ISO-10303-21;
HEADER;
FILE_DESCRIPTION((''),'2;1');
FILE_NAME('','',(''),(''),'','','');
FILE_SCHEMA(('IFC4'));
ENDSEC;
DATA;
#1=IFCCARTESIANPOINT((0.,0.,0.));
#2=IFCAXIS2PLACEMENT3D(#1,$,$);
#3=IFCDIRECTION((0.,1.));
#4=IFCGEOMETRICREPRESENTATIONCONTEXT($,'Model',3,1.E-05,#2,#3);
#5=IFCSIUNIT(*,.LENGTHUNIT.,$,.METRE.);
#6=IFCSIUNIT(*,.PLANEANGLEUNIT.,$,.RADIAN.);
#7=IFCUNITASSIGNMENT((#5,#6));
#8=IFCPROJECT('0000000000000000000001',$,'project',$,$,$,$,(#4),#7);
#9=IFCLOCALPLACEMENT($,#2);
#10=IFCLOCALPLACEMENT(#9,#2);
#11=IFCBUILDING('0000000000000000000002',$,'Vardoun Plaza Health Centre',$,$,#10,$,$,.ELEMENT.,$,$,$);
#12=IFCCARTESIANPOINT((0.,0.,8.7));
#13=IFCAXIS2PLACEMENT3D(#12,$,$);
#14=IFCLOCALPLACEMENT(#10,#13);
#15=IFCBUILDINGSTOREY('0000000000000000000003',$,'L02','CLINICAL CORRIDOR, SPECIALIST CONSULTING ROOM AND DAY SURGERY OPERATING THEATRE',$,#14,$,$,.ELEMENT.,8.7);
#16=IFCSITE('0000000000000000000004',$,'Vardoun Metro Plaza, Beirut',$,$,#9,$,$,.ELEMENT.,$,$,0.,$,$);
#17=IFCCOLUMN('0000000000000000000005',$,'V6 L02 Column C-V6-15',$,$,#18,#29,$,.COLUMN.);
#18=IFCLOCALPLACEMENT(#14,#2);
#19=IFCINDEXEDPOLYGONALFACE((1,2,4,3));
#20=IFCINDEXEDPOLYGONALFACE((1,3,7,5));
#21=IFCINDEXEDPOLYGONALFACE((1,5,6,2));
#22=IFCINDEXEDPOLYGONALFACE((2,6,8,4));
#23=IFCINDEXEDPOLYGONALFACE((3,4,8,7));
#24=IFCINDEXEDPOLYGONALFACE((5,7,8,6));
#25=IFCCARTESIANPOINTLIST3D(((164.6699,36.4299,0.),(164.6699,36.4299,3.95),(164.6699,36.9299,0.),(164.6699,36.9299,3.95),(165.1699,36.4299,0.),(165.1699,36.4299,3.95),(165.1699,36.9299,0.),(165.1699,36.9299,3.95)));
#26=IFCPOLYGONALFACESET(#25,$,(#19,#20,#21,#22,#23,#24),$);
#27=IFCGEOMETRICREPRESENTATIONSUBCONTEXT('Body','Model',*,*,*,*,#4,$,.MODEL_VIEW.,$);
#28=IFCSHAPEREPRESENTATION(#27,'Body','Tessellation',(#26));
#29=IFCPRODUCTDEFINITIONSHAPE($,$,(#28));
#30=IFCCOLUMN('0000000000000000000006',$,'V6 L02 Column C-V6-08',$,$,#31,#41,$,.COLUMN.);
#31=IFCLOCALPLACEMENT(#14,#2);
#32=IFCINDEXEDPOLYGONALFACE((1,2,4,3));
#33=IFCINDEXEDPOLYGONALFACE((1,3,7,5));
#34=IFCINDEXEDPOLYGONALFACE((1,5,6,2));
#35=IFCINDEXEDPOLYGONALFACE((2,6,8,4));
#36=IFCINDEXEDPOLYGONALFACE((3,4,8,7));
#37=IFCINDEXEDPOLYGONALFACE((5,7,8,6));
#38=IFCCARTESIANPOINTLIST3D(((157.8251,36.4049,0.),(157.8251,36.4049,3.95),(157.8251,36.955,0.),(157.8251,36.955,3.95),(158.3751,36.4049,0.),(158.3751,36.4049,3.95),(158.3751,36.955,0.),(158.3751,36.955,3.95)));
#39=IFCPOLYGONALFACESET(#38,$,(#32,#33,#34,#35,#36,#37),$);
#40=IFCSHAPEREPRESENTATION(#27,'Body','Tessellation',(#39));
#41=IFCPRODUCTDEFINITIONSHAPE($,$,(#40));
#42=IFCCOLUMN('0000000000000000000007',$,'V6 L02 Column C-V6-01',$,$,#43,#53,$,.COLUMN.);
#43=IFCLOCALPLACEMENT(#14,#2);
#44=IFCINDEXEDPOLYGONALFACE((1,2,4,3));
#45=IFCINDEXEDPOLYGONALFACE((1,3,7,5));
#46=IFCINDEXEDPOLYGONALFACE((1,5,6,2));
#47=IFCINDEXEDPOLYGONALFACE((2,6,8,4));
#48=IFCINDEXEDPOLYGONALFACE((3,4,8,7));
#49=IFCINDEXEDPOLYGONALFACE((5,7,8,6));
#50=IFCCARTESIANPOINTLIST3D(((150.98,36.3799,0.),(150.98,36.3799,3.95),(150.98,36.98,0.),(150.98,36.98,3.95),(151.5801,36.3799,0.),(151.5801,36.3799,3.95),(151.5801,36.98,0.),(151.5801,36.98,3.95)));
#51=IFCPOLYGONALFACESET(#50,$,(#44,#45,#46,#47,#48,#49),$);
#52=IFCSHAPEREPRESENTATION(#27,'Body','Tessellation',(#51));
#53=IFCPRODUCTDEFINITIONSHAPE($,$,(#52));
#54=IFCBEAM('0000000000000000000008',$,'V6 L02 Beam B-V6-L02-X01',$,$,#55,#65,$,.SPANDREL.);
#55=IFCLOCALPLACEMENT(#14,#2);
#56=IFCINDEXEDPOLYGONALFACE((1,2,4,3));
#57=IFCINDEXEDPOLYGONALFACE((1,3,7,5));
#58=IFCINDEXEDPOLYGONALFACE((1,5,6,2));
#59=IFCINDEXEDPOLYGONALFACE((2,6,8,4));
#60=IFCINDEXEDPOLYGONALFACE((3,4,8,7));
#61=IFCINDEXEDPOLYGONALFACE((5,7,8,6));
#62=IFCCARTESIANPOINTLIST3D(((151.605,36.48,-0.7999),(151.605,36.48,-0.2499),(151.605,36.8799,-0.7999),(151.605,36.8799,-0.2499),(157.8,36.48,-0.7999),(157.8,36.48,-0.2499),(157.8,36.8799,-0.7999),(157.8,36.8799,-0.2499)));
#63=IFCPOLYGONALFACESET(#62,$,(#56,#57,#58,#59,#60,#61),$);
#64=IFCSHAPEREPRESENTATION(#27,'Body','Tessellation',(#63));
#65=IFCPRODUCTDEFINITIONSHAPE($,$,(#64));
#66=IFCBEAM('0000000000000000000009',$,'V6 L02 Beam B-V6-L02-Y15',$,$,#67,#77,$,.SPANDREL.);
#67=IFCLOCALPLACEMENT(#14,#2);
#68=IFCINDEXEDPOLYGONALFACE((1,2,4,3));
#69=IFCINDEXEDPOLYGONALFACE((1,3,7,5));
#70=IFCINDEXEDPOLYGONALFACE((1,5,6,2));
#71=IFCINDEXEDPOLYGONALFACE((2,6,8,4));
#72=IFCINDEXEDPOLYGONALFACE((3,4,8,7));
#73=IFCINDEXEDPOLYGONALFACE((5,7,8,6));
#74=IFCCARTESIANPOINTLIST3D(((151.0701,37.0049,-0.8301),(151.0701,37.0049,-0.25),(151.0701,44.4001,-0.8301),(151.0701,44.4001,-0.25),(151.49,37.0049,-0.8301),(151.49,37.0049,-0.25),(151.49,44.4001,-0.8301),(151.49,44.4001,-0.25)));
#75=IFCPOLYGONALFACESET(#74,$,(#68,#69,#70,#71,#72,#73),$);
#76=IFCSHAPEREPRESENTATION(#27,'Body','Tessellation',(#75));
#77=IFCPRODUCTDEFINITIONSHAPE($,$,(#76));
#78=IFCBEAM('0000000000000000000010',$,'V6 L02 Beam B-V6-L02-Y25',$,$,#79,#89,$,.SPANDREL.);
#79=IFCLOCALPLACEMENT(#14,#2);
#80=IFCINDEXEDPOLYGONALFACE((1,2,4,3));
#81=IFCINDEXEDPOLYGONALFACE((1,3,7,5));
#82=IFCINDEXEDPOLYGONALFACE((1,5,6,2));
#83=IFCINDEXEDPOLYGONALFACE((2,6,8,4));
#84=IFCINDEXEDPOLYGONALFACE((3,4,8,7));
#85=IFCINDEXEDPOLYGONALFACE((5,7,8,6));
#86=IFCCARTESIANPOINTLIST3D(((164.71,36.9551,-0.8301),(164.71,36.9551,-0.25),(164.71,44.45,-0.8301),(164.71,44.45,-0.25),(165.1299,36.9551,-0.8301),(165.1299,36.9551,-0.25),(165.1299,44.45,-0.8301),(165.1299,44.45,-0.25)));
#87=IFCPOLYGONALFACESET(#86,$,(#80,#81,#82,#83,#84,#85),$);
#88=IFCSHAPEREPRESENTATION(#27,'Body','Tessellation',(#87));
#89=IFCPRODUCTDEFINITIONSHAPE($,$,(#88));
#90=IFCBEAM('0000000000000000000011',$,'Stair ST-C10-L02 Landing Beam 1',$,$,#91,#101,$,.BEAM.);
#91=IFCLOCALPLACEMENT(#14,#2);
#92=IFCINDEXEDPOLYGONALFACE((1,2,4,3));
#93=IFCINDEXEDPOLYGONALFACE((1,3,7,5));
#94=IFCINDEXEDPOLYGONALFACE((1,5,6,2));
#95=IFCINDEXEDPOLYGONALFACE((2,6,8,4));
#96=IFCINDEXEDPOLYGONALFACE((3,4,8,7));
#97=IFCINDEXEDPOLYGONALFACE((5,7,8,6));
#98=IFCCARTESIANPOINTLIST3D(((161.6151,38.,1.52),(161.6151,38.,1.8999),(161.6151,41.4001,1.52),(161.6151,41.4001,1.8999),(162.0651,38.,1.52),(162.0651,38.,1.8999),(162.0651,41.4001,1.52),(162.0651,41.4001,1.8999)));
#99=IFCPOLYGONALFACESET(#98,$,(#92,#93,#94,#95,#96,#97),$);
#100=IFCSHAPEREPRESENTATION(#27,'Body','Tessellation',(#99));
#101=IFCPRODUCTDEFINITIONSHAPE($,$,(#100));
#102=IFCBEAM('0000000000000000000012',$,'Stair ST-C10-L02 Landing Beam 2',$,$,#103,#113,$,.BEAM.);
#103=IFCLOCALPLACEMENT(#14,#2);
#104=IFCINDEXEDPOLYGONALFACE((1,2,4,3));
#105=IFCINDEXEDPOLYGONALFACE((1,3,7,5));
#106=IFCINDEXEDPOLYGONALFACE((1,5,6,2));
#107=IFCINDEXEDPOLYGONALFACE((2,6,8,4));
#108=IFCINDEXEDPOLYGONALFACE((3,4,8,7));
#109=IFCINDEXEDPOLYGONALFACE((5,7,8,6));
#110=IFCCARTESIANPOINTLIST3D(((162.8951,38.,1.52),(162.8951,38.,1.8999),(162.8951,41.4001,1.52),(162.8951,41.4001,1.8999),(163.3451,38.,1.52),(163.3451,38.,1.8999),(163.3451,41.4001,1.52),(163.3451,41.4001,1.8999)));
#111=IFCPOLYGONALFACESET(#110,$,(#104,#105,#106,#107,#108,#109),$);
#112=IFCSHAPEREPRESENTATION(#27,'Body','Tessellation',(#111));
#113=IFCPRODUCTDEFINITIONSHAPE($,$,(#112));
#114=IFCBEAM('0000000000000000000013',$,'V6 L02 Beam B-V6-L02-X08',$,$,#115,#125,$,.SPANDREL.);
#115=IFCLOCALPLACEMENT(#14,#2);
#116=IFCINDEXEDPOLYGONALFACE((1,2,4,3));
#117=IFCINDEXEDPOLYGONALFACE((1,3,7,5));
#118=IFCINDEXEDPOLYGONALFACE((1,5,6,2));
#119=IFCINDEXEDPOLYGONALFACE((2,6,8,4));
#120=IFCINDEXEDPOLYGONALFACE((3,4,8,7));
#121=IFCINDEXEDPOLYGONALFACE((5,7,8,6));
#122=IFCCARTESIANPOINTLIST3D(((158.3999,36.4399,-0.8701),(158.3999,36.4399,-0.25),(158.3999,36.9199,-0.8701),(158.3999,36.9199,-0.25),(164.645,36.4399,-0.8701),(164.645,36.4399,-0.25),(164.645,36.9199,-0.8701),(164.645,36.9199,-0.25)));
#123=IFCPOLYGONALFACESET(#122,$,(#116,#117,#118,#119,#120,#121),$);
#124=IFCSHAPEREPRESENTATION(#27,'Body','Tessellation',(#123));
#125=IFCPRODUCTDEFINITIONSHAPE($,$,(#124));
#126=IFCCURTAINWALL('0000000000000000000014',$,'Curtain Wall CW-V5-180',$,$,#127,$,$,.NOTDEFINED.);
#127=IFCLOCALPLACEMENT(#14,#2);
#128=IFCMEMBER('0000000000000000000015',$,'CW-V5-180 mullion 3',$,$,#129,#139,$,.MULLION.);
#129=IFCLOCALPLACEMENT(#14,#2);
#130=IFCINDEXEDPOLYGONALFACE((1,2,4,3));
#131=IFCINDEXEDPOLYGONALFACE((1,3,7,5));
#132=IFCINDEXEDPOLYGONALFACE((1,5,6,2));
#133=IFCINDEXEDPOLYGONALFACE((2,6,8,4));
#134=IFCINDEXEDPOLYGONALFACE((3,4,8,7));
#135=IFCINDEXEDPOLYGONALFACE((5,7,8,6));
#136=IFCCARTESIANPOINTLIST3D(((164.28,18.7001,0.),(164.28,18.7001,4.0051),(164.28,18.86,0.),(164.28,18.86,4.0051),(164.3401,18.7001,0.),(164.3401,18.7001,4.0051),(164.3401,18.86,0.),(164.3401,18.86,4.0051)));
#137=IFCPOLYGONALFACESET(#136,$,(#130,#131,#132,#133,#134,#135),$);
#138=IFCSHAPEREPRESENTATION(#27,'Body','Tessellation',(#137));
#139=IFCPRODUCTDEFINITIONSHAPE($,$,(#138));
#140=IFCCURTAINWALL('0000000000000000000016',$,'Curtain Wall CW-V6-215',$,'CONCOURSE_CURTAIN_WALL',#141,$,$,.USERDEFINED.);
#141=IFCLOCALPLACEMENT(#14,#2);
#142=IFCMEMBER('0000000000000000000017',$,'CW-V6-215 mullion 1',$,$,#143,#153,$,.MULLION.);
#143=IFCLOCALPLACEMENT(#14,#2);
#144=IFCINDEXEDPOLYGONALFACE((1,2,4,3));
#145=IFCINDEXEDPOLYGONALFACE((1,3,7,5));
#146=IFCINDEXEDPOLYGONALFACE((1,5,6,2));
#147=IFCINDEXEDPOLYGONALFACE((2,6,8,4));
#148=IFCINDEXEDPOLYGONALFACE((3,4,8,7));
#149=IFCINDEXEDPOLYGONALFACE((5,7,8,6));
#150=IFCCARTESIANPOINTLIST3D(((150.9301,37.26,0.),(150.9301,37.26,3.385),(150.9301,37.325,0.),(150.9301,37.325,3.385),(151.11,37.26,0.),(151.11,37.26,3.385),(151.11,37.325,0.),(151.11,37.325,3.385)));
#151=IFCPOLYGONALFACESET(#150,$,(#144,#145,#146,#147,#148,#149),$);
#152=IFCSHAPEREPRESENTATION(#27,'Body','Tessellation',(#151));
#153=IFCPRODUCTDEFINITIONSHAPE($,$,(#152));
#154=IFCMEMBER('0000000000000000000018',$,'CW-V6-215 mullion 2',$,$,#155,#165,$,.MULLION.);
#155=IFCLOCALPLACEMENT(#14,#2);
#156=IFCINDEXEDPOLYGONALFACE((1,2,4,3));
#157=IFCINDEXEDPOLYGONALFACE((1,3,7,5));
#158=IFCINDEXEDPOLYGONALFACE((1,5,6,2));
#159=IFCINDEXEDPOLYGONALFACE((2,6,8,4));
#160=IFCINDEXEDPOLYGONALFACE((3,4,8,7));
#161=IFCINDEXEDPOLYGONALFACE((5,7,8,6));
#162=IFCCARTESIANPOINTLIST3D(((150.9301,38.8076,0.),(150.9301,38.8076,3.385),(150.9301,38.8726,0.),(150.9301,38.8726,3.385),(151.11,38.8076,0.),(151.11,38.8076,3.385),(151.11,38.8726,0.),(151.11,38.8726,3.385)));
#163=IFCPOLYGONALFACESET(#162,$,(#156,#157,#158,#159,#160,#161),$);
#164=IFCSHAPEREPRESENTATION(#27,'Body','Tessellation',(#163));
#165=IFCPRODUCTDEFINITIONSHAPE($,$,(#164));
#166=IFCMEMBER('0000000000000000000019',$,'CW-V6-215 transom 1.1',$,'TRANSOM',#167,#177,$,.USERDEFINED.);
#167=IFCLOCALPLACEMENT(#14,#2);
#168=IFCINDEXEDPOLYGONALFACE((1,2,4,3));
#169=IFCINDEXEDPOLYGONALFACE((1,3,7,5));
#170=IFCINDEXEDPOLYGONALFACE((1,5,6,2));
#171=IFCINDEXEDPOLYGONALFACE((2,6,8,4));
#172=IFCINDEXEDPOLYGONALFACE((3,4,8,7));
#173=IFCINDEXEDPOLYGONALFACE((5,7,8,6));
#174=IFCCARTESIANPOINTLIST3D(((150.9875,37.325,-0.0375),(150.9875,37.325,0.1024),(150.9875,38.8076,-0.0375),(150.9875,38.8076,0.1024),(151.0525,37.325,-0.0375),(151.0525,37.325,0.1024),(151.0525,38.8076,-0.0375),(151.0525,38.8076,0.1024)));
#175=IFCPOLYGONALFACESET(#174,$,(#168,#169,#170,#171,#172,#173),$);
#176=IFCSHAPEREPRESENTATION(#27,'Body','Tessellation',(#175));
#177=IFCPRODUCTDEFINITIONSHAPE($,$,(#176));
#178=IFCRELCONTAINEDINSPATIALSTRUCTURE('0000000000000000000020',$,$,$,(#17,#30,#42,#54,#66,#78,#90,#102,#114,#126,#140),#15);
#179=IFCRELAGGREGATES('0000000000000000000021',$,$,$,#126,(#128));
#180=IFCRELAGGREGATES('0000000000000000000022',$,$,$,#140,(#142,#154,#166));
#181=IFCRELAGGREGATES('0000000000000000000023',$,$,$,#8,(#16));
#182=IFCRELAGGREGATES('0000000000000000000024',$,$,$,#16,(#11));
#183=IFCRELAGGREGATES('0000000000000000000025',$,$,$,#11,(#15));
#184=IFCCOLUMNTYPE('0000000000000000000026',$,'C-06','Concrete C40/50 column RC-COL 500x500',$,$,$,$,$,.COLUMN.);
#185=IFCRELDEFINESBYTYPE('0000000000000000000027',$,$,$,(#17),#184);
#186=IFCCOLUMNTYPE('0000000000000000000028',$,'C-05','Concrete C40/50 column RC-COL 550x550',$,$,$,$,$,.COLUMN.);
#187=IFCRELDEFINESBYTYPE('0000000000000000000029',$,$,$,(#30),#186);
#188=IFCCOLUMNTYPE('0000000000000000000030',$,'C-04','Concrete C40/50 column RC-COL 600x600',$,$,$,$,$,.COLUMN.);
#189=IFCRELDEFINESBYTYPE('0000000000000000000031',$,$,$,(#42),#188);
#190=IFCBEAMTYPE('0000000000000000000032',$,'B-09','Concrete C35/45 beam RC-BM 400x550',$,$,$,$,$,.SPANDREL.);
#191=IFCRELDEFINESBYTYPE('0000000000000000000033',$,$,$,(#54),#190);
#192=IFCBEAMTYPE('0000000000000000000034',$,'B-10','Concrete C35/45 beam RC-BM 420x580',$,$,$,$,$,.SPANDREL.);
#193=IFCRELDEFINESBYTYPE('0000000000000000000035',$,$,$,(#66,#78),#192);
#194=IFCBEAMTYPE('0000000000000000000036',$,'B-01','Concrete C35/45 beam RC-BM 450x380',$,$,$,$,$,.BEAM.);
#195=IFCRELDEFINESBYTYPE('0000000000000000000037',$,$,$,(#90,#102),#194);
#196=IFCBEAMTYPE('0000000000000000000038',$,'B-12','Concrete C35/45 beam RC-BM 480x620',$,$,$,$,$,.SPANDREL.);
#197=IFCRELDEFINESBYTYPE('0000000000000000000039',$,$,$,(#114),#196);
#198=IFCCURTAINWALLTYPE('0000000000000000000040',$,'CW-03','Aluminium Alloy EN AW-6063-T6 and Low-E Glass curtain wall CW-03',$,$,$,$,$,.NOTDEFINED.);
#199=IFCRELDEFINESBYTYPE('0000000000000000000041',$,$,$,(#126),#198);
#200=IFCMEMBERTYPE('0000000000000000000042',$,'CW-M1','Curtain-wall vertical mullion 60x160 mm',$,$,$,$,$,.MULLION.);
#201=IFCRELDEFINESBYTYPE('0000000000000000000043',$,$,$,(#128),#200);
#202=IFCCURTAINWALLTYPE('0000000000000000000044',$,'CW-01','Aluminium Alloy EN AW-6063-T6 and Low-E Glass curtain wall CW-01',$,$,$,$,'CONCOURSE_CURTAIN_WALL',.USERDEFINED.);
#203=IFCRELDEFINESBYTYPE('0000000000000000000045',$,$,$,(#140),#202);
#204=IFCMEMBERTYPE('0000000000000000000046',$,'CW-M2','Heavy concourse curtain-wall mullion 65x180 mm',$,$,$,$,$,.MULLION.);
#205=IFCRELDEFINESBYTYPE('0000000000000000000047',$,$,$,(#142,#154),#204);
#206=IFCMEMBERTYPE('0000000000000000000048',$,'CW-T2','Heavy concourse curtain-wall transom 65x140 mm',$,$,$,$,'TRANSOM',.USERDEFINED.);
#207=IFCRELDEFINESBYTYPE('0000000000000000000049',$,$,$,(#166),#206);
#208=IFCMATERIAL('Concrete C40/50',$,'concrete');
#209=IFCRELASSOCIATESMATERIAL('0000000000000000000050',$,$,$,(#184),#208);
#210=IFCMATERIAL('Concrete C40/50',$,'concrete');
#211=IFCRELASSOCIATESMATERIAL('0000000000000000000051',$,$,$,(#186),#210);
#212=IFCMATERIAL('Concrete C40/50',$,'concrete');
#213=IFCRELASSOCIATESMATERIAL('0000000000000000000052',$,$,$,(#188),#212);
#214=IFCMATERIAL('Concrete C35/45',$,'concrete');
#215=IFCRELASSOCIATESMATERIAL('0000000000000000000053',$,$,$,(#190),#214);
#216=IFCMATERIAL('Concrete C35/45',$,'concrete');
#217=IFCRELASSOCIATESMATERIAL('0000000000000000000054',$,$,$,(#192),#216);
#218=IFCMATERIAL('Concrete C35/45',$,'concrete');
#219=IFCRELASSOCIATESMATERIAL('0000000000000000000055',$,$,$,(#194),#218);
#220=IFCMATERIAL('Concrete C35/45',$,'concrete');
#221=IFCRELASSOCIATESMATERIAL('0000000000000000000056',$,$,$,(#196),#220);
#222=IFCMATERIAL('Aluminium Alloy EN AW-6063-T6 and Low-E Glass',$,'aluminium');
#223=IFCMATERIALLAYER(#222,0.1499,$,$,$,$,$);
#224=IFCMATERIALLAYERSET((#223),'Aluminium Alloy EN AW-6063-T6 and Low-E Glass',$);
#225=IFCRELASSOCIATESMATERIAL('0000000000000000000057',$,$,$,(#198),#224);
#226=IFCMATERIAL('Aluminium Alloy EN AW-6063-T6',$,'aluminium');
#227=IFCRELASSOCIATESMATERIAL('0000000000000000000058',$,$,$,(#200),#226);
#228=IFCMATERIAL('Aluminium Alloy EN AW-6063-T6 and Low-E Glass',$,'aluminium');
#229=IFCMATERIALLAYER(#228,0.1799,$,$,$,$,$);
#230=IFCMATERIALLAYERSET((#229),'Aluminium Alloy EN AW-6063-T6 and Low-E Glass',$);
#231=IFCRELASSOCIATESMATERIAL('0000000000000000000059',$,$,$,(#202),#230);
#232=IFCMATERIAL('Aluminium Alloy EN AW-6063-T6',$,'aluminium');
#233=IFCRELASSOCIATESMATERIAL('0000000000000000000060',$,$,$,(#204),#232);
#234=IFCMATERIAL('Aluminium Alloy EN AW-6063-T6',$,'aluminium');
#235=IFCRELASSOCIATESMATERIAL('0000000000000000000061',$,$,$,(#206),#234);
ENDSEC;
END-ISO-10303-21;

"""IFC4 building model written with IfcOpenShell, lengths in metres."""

from ifc_helpers import new_model, si_unit, direction, frame, origin, origin_2d, place, context, subcontext, project, spatial, rectangle, extrude, material, layer, layer_set, material_profile, profile_set, type_object, element, aggregate, save


model = new_model("IFC4")

# Units and contexts
model_context = context("Model", 3, precision=1e-05, world=origin(), true_north=direction((0.0, 1.0)))
body_context = subcontext(model_context, "Body", "Model", "MODEL_VIEW")
ifc_project = project(units=[si_unit("LENGTHUNIT", "METRE"), si_unit("PLANEANGLEUNIT", "RADIAN")], contexts=[model_context])

# Site, building, storey
site_placement = place(None, origin())
site = spatial("IfcSite", under=ifc_project, at=site_placement, Name="Vardoun Metro Plaza, Beirut", CompositionType="ELEMENT", RefElevation=0.0)
building_placement = place(site_placement, origin())
building = spatial("IfcBuilding", under=site, at=building_placement, Name="Vardoun Plaza Health Centre", CompositionType="ELEMENT")
storey_placement = place(building_placement, frame((0.0, 0.0, 8.7)))
storey = spatial("IfcBuildingStorey", under=building, at=storey_placement, Name="L02", Description="CLINICAL CORRIDOR, SPECIALIST CONSULTING ROOM AND DAY SURGERY OPERATING THEATRE", CompositionType="ELEMENT", Elevation=8.7)

# Columns
ifc_material_1 = material(Name="Concrete C40/50", Category="concrete")
ifc_material_profile_1 = material_profile(ifc_material_1, rectangle(XDim=0.5, YDim=0.5, at=origin_2d()), Name="RC-COL 500x500")
ifc_profile_set_1 = profile_set([ifc_material_profile_1], Name="Concrete C40/50")
column_type_1 = type_object("IfcColumnType", Name="C-06", Description="Concrete C40/50 column RC-COL 500x500", PredefinedType="COLUMN", material=ifc_profile_set_1)
column_1_placement = place(storey_placement, frame((164.9199, 36.6799, 0.0), z_axis=(0.0, 0.0, 1.0), x_axis=(1.0, 0.0, 0.0)))
element("IfcColumn", 1, at=column_1_placement, inside=storey, type_object=column_type_1, Name="V6 L02 Column C-V6-15", PredefinedType="COLUMN", context=body_context, shape_type="SweptSolid", body=[
    extrude(rectangle(XDim=0.5, YDim=0.5, at=origin_2d()), origin(), (0.0, 0.0, 1.0), 3.95),
])
ifc_material_2 = material(Name="Concrete C40/50", Category="concrete")
ifc_material_profile_2 = material_profile(ifc_material_2, rectangle(XDim=0.55, YDim=0.55, at=origin_2d()), Name="RC-COL 550x550")
ifc_profile_set_2 = profile_set([ifc_material_profile_2], Name="Concrete C40/50")
column_type_2 = type_object("IfcColumnType", Name="C-05", Description="Concrete C40/50 column RC-COL 550x550", PredefinedType="COLUMN", material=ifc_profile_set_2)
column_2_placement = place(storey_placement, frame((158.1001, 36.6799, 0.0), z_axis=(0.0, 0.0, 1.0), x_axis=(1.0, 0.0, 0.0)))
element("IfcColumn", 2, at=column_2_placement, inside=storey, type_object=column_type_2, Name="V6 L02 Column C-V6-08", PredefinedType="COLUMN", context=body_context, shape_type="SweptSolid", body=[
    extrude(rectangle(XDim=0.55, YDim=0.55, at=origin_2d()), origin(), (0.0, 0.0, 1.0), 3.95),
])
ifc_material_3 = material(Name="Concrete C40/50", Category="concrete")
ifc_material_profile_3 = material_profile(ifc_material_3, rectangle(XDim=0.6001, YDim=0.6001, at=origin_2d()), Name="RC-COL 600x600")
ifc_profile_set_3 = profile_set([ifc_material_profile_3], Name="Concrete C40/50")
column_type_3 = type_object("IfcColumnType", Name="C-04", Description="Concrete C40/50 column RC-COL 600x600", PredefinedType="COLUMN", material=ifc_profile_set_3)
column_3_placement = place(storey_placement, frame((151.28, 36.6799, 0.0), z_axis=(0.0, 0.0, 1.0), x_axis=(1.0, 0.0, 0.0)))
element("IfcColumn", 3, at=column_3_placement, inside=storey, type_object=column_type_3, Name="V6 L02 Column C-V6-01", PredefinedType="COLUMN", context=body_context, shape_type="SweptSolid", body=[
    extrude(rectangle(XDim=0.6001, YDim=0.6001, at=origin_2d()), origin(), (0.0, 0.0, 1.0), 3.95),
])

# Beams
ifc_material_4 = material(Name="Concrete C35/45", Category="concrete")
ifc_material_profile_4 = material_profile(ifc_material_4, rectangle(XDim=0.3999, YDim=0.55, at=origin_2d()), Name="RC-BM 400x550")
ifc_profile_set_4 = profile_set([ifc_material_profile_4], Name="Concrete C35/45")
beam_type_1 = type_object("IfcBeamType", Name="B-09", Description="Concrete C35/45 beam RC-BM 400x550", PredefinedType="SPANDREL", material=ifc_profile_set_4)
beam_1_placement = place(storey_placement, frame((151.605, 36.6799, -0.5249), z_axis=(1.0, 0.0, 0.0), x_axis=(0.0, 1.0, 0.0)))
element("IfcBeam", 4, at=beam_1_placement, inside=storey, type_object=beam_type_1, Name="V6 L02 Beam B-V6-L02-X01", PredefinedType="SPANDREL", context=body_context, shape_type="SweptSolid", body=[
    extrude(rectangle(XDim=0.3999, YDim=0.55, at=origin_2d()), origin(), (0.0, 0.0, 1.0), 6.1951),
])
ifc_material_5 = material(Name="Concrete C35/45", Category="concrete")
ifc_material_profile_5 = material_profile(ifc_material_5, rectangle(XDim=0.4199, YDim=0.5801, at=origin_2d()), Name="RC-BM 420x580")
ifc_profile_set_5 = profile_set([ifc_material_profile_5], Name="Concrete C35/45")
beam_type_2 = type_object("IfcBeamType", Name="B-10", Description="Concrete C35/45 beam RC-BM 420x580", PredefinedType="SPANDREL", material=ifc_profile_set_5)
beam_2_placement = place(storey_placement, frame((151.28, 37.0049, -0.54), z_axis=(0.0, 1.0, 0.0), x_axis=(-1.0, 0.0, 0.0)))
element("IfcBeam", 5, at=beam_2_placement, inside=storey, type_object=beam_type_2, Name="V6 L02 Beam B-V6-L02-Y15", PredefinedType="SPANDREL", context=body_context, shape_type="SweptSolid", body=[
    extrude(rectangle(XDim=0.4199, YDim=0.5801, at=origin_2d()), origin(), (0.0, 0.0, 1.0), 7.3953),
])
beam_3_placement = place(storey_placement, frame((164.9199, 36.9551, -0.54), z_axis=(0.0, 1.0, 0.0), x_axis=(-1.0, 0.0, 0.0)))
element("IfcBeam", 6, at=beam_3_placement, inside=storey, type_object=beam_type_2, Name="V6 L02 Beam B-V6-L02-Y25", PredefinedType="SPANDREL", context=body_context, shape_type="SweptSolid", body=[
    extrude(rectangle(XDim=0.4199, YDim=0.5801, at=origin_2d()), origin(), (0.0, 0.0, 1.0), 7.4949),
])
ifc_material_6 = material(Name="Concrete C35/45", Category="concrete")
ifc_material_profile_6 = material_profile(ifc_material_6, rectangle(XDim=0.45, YDim=0.3799, at=origin_2d()), Name="RC-BM 450x380")
ifc_profile_set_6 = profile_set([ifc_material_profile_6], Name="Concrete C35/45")
beam_type_3 = type_object("IfcBeamType", Name="B-01", Description="Concrete C35/45 beam RC-BM 450x380", PredefinedType="BEAM", material=ifc_profile_set_6)
for number, where, z_axis, x_axis, name in (
    (7, (161.8401, 38.0, 1.71), (0.0, 1.0, 0.0), (-1.0, 0.0, 0.0), "Stair ST-C10-L02 Landing Beam 1"),
    (8, (163.1201, 38.0, 1.71), (0.0, 1.0, 0.0), (-1.0, 0.0, 0.0), "Stair ST-C10-L02 Landing Beam 2"),
):
    element("IfcBeam", number, at=place(storey_placement, frame(where, z_axis=z_axis, x_axis=x_axis)), inside=storey, type_object=beam_type_3, Name=name, PredefinedType="BEAM", context=body_context, shape_type="SweptSolid", body=[
        extrude(rectangle(XDim=0.45, YDim=0.3799, at=origin_2d()), origin(), (0.0, 0.0, 1.0), 3.4001),
    ])
ifc_material_7 = material(Name="Concrete C35/45", Category="concrete")
ifc_material_profile_7 = material_profile(ifc_material_7, rectangle(XDim=0.48, YDim=0.6201, at=origin_2d()), Name="RC-BM 480x620")
ifc_profile_set_7 = profile_set([ifc_material_profile_7], Name="Concrete C35/45")
beam_type_4 = type_object("IfcBeamType", Name="B-12", Description="Concrete C35/45 beam RC-BM 480x620", PredefinedType="SPANDREL", material=ifc_profile_set_7)
beam_4_placement = place(storey_placement, frame((158.3999, 36.6799, -0.5601), z_axis=(1.0, 0.0, 0.0), x_axis=(0.0, 1.0, 0.0)))
element("IfcBeam", 9, at=beam_4_placement, inside=storey, type_object=beam_type_4, Name="V6 L02 Beam B-V6-L02-X08", PredefinedType="SPANDREL", context=body_context, shape_type="SweptSolid", body=[
    extrude(rectangle(XDim=0.48, YDim=0.6201, at=origin_2d()), origin(), (0.0, 0.0, 1.0), 6.2451),
])

# Curtain wall, member
ifc_material_8 = material(Name="Aluminium Alloy EN AW-6063-T6 and Low-E Glass", Category="aluminium")
ifc_layer_1 = layer(ifc_material_8, 0.1499)
ifc_layer_set_1 = layer_set([ifc_layer_1], Name="Aluminium Alloy EN AW-6063-T6 and Low-E Glass")
curtain_wall_type_1 = type_object("IfcCurtainWallType", Name="CW-03", Description="Aluminium Alloy EN AW-6063-T6 and Low-E Glass curtain wall CW-03", PredefinedType="NOTDEFINED", material=ifc_layer_set_1)
curtain_wall_1_placement = place(storey_placement, origin())
curtain_wall_1 = element("IfcCurtainWall", 10, at=curtain_wall_1_placement, inside=storey, type_object=curtain_wall_type_1, Name="Curtain Wall CW-V5-180", PredefinedType="NOTDEFINED")
ifc_material_9 = material(Name="Aluminium Alloy EN AW-6063-T6", Category="aluminium")
ifc_material_profile_8 = material_profile(ifc_material_9, rectangle(XDim=0.1599, YDim=0.0601, at=origin_2d()), Name="CWM 60x160")
ifc_profile_set_8 = profile_set([ifc_material_profile_8], Name="Aluminium Alloy EN AW-6063-T6")
member_type_1 = type_object("IfcMemberType", Name="CW-M1", Description="Curtain-wall vertical mullion 60x160 mm", PredefinedType="MULLION", material=ifc_profile_set_8)
member_1_placement = place(storey_placement, frame((164.3101, 18.78, 0.0), z_axis=(0.0, 0.0, 1.0), x_axis=(0.0, 1.0, 0.0)))
member_1 = element("IfcMember", 11, at=member_1_placement, type_object=member_type_1, Name="CW-V5-180 mullion 3", PredefinedType="MULLION", context=body_context, shape_type="SweptSolid", body=[
    extrude(rectangle(XDim=0.1599, YDim=0.0601, at=origin_2d()), origin(), (0.0, 0.0, 1.0), 4.0051),
])

# Curtain wall, members
ifc_material_10 = material(Name="Aluminium Alloy EN AW-6063-T6 and Low-E Glass", Category="aluminium")
ifc_layer_2 = layer(ifc_material_10, 0.1799)
ifc_layer_set_2 = layer_set([ifc_layer_2], Name="Aluminium Alloy EN AW-6063-T6 and Low-E Glass")
curtain_wall_type_2 = type_object("IfcCurtainWallType", Name="CW-01", Description="Aluminium Alloy EN AW-6063-T6 and Low-E Glass curtain wall CW-01", ElementType="CONCOURSE_CURTAIN_WALL", PredefinedType="USERDEFINED", material=ifc_layer_set_2)
curtain_wall_2_placement = place(storey_placement, origin())
curtain_wall_2 = element("IfcCurtainWall", 12, at=curtain_wall_2_placement, inside=storey, type_object=curtain_wall_type_2, Name="Curtain Wall CW-V6-215", ObjectType="CONCOURSE_CURTAIN_WALL", PredefinedType="USERDEFINED")
ifc_material_11 = material(Name="Aluminium Alloy EN AW-6063-T6", Category="aluminium")
ifc_material_profile_9 = material_profile(ifc_material_11, rectangle(XDim=0.1799, YDim=0.0649, at=origin_2d()), Name="CWM 65x180")
ifc_profile_set_9 = profile_set([ifc_material_profile_9], Name="Aluminium Alloy EN AW-6063-T6")
member_type_2 = type_object("IfcMemberType", Name="CW-M2", Description="Heavy concourse curtain-wall mullion 65x180 mm", PredefinedType="MULLION", material=ifc_profile_set_9)
member_2_placement = place(storey_placement, frame((151.02, 37.2925, 0.0), z_axis=(0.0, 0.0, 1.0), x_axis=(-1.0, 0.0, 0.0)))
member_2 = element("IfcMember", 13, at=member_2_placement, type_object=member_type_2, Name="CW-V6-215 mullion 1", PredefinedType="MULLION", context=body_context, shape_type="SweptSolid", body=[
    extrude(rectangle(XDim=0.1799, YDim=0.0649, at=origin_2d()), origin(), (0.0, 0.0, 1.0), 3.385),
])
member_3_placement = place(storey_placement, frame((151.02, 38.8401, 0.0), z_axis=(0.0, 0.0, 1.0), x_axis=(-1.0, 0.0, 0.0)))
member_3 = element("IfcMember", 14, at=member_3_placement, type_object=member_type_2, Name="CW-V6-215 mullion 2", PredefinedType="MULLION", context=body_context, shape_type="SweptSolid", body=[
    extrude(rectangle(XDim=0.1799, YDim=0.0649, at=origin_2d()), origin(), (0.0, 0.0, 1.0), 3.385),
])
ifc_material_12 = material(Name="Aluminium Alloy EN AW-6063-T6", Category="aluminium")
ifc_material_profile_10 = material_profile(ifc_material_12, rectangle(XDim=0.0649, YDim=0.1399, at=origin_2d()), Name="CWT 65x140")
ifc_profile_set_10 = profile_set([ifc_material_profile_10], Name="Aluminium Alloy EN AW-6063-T6")
member_type_3 = type_object("IfcMemberType", Name="CW-T2", Description="Heavy concourse curtain-wall transom 65x140 mm", ElementType="TRANSOM", PredefinedType="USERDEFINED", material=ifc_profile_set_10)
member_4_placement = place(storey_placement, frame((151.02, 37.325, 0.0325), z_axis=(0.0, 1.0, 0.0), x_axis=(-1.0, 0.0, 0.0)))
member_4 = element("IfcMember", 15, at=member_4_placement, type_object=member_type_3, Name="CW-V6-215 transom 1.1", ObjectType="TRANSOM", PredefinedType="USERDEFINED", context=body_context, shape_type="SweptSolid", body=[
    extrude(rectangle(XDim=0.0649, YDim=0.1399, at=origin_2d()), origin(), (0.0, 0.0, 1.0), 1.4827),
])

aggregate(curtain_wall_1, [member_1])
aggregate(curtain_wall_2, [member_2, member_3, member_4])

save(model, "model.ifc")
